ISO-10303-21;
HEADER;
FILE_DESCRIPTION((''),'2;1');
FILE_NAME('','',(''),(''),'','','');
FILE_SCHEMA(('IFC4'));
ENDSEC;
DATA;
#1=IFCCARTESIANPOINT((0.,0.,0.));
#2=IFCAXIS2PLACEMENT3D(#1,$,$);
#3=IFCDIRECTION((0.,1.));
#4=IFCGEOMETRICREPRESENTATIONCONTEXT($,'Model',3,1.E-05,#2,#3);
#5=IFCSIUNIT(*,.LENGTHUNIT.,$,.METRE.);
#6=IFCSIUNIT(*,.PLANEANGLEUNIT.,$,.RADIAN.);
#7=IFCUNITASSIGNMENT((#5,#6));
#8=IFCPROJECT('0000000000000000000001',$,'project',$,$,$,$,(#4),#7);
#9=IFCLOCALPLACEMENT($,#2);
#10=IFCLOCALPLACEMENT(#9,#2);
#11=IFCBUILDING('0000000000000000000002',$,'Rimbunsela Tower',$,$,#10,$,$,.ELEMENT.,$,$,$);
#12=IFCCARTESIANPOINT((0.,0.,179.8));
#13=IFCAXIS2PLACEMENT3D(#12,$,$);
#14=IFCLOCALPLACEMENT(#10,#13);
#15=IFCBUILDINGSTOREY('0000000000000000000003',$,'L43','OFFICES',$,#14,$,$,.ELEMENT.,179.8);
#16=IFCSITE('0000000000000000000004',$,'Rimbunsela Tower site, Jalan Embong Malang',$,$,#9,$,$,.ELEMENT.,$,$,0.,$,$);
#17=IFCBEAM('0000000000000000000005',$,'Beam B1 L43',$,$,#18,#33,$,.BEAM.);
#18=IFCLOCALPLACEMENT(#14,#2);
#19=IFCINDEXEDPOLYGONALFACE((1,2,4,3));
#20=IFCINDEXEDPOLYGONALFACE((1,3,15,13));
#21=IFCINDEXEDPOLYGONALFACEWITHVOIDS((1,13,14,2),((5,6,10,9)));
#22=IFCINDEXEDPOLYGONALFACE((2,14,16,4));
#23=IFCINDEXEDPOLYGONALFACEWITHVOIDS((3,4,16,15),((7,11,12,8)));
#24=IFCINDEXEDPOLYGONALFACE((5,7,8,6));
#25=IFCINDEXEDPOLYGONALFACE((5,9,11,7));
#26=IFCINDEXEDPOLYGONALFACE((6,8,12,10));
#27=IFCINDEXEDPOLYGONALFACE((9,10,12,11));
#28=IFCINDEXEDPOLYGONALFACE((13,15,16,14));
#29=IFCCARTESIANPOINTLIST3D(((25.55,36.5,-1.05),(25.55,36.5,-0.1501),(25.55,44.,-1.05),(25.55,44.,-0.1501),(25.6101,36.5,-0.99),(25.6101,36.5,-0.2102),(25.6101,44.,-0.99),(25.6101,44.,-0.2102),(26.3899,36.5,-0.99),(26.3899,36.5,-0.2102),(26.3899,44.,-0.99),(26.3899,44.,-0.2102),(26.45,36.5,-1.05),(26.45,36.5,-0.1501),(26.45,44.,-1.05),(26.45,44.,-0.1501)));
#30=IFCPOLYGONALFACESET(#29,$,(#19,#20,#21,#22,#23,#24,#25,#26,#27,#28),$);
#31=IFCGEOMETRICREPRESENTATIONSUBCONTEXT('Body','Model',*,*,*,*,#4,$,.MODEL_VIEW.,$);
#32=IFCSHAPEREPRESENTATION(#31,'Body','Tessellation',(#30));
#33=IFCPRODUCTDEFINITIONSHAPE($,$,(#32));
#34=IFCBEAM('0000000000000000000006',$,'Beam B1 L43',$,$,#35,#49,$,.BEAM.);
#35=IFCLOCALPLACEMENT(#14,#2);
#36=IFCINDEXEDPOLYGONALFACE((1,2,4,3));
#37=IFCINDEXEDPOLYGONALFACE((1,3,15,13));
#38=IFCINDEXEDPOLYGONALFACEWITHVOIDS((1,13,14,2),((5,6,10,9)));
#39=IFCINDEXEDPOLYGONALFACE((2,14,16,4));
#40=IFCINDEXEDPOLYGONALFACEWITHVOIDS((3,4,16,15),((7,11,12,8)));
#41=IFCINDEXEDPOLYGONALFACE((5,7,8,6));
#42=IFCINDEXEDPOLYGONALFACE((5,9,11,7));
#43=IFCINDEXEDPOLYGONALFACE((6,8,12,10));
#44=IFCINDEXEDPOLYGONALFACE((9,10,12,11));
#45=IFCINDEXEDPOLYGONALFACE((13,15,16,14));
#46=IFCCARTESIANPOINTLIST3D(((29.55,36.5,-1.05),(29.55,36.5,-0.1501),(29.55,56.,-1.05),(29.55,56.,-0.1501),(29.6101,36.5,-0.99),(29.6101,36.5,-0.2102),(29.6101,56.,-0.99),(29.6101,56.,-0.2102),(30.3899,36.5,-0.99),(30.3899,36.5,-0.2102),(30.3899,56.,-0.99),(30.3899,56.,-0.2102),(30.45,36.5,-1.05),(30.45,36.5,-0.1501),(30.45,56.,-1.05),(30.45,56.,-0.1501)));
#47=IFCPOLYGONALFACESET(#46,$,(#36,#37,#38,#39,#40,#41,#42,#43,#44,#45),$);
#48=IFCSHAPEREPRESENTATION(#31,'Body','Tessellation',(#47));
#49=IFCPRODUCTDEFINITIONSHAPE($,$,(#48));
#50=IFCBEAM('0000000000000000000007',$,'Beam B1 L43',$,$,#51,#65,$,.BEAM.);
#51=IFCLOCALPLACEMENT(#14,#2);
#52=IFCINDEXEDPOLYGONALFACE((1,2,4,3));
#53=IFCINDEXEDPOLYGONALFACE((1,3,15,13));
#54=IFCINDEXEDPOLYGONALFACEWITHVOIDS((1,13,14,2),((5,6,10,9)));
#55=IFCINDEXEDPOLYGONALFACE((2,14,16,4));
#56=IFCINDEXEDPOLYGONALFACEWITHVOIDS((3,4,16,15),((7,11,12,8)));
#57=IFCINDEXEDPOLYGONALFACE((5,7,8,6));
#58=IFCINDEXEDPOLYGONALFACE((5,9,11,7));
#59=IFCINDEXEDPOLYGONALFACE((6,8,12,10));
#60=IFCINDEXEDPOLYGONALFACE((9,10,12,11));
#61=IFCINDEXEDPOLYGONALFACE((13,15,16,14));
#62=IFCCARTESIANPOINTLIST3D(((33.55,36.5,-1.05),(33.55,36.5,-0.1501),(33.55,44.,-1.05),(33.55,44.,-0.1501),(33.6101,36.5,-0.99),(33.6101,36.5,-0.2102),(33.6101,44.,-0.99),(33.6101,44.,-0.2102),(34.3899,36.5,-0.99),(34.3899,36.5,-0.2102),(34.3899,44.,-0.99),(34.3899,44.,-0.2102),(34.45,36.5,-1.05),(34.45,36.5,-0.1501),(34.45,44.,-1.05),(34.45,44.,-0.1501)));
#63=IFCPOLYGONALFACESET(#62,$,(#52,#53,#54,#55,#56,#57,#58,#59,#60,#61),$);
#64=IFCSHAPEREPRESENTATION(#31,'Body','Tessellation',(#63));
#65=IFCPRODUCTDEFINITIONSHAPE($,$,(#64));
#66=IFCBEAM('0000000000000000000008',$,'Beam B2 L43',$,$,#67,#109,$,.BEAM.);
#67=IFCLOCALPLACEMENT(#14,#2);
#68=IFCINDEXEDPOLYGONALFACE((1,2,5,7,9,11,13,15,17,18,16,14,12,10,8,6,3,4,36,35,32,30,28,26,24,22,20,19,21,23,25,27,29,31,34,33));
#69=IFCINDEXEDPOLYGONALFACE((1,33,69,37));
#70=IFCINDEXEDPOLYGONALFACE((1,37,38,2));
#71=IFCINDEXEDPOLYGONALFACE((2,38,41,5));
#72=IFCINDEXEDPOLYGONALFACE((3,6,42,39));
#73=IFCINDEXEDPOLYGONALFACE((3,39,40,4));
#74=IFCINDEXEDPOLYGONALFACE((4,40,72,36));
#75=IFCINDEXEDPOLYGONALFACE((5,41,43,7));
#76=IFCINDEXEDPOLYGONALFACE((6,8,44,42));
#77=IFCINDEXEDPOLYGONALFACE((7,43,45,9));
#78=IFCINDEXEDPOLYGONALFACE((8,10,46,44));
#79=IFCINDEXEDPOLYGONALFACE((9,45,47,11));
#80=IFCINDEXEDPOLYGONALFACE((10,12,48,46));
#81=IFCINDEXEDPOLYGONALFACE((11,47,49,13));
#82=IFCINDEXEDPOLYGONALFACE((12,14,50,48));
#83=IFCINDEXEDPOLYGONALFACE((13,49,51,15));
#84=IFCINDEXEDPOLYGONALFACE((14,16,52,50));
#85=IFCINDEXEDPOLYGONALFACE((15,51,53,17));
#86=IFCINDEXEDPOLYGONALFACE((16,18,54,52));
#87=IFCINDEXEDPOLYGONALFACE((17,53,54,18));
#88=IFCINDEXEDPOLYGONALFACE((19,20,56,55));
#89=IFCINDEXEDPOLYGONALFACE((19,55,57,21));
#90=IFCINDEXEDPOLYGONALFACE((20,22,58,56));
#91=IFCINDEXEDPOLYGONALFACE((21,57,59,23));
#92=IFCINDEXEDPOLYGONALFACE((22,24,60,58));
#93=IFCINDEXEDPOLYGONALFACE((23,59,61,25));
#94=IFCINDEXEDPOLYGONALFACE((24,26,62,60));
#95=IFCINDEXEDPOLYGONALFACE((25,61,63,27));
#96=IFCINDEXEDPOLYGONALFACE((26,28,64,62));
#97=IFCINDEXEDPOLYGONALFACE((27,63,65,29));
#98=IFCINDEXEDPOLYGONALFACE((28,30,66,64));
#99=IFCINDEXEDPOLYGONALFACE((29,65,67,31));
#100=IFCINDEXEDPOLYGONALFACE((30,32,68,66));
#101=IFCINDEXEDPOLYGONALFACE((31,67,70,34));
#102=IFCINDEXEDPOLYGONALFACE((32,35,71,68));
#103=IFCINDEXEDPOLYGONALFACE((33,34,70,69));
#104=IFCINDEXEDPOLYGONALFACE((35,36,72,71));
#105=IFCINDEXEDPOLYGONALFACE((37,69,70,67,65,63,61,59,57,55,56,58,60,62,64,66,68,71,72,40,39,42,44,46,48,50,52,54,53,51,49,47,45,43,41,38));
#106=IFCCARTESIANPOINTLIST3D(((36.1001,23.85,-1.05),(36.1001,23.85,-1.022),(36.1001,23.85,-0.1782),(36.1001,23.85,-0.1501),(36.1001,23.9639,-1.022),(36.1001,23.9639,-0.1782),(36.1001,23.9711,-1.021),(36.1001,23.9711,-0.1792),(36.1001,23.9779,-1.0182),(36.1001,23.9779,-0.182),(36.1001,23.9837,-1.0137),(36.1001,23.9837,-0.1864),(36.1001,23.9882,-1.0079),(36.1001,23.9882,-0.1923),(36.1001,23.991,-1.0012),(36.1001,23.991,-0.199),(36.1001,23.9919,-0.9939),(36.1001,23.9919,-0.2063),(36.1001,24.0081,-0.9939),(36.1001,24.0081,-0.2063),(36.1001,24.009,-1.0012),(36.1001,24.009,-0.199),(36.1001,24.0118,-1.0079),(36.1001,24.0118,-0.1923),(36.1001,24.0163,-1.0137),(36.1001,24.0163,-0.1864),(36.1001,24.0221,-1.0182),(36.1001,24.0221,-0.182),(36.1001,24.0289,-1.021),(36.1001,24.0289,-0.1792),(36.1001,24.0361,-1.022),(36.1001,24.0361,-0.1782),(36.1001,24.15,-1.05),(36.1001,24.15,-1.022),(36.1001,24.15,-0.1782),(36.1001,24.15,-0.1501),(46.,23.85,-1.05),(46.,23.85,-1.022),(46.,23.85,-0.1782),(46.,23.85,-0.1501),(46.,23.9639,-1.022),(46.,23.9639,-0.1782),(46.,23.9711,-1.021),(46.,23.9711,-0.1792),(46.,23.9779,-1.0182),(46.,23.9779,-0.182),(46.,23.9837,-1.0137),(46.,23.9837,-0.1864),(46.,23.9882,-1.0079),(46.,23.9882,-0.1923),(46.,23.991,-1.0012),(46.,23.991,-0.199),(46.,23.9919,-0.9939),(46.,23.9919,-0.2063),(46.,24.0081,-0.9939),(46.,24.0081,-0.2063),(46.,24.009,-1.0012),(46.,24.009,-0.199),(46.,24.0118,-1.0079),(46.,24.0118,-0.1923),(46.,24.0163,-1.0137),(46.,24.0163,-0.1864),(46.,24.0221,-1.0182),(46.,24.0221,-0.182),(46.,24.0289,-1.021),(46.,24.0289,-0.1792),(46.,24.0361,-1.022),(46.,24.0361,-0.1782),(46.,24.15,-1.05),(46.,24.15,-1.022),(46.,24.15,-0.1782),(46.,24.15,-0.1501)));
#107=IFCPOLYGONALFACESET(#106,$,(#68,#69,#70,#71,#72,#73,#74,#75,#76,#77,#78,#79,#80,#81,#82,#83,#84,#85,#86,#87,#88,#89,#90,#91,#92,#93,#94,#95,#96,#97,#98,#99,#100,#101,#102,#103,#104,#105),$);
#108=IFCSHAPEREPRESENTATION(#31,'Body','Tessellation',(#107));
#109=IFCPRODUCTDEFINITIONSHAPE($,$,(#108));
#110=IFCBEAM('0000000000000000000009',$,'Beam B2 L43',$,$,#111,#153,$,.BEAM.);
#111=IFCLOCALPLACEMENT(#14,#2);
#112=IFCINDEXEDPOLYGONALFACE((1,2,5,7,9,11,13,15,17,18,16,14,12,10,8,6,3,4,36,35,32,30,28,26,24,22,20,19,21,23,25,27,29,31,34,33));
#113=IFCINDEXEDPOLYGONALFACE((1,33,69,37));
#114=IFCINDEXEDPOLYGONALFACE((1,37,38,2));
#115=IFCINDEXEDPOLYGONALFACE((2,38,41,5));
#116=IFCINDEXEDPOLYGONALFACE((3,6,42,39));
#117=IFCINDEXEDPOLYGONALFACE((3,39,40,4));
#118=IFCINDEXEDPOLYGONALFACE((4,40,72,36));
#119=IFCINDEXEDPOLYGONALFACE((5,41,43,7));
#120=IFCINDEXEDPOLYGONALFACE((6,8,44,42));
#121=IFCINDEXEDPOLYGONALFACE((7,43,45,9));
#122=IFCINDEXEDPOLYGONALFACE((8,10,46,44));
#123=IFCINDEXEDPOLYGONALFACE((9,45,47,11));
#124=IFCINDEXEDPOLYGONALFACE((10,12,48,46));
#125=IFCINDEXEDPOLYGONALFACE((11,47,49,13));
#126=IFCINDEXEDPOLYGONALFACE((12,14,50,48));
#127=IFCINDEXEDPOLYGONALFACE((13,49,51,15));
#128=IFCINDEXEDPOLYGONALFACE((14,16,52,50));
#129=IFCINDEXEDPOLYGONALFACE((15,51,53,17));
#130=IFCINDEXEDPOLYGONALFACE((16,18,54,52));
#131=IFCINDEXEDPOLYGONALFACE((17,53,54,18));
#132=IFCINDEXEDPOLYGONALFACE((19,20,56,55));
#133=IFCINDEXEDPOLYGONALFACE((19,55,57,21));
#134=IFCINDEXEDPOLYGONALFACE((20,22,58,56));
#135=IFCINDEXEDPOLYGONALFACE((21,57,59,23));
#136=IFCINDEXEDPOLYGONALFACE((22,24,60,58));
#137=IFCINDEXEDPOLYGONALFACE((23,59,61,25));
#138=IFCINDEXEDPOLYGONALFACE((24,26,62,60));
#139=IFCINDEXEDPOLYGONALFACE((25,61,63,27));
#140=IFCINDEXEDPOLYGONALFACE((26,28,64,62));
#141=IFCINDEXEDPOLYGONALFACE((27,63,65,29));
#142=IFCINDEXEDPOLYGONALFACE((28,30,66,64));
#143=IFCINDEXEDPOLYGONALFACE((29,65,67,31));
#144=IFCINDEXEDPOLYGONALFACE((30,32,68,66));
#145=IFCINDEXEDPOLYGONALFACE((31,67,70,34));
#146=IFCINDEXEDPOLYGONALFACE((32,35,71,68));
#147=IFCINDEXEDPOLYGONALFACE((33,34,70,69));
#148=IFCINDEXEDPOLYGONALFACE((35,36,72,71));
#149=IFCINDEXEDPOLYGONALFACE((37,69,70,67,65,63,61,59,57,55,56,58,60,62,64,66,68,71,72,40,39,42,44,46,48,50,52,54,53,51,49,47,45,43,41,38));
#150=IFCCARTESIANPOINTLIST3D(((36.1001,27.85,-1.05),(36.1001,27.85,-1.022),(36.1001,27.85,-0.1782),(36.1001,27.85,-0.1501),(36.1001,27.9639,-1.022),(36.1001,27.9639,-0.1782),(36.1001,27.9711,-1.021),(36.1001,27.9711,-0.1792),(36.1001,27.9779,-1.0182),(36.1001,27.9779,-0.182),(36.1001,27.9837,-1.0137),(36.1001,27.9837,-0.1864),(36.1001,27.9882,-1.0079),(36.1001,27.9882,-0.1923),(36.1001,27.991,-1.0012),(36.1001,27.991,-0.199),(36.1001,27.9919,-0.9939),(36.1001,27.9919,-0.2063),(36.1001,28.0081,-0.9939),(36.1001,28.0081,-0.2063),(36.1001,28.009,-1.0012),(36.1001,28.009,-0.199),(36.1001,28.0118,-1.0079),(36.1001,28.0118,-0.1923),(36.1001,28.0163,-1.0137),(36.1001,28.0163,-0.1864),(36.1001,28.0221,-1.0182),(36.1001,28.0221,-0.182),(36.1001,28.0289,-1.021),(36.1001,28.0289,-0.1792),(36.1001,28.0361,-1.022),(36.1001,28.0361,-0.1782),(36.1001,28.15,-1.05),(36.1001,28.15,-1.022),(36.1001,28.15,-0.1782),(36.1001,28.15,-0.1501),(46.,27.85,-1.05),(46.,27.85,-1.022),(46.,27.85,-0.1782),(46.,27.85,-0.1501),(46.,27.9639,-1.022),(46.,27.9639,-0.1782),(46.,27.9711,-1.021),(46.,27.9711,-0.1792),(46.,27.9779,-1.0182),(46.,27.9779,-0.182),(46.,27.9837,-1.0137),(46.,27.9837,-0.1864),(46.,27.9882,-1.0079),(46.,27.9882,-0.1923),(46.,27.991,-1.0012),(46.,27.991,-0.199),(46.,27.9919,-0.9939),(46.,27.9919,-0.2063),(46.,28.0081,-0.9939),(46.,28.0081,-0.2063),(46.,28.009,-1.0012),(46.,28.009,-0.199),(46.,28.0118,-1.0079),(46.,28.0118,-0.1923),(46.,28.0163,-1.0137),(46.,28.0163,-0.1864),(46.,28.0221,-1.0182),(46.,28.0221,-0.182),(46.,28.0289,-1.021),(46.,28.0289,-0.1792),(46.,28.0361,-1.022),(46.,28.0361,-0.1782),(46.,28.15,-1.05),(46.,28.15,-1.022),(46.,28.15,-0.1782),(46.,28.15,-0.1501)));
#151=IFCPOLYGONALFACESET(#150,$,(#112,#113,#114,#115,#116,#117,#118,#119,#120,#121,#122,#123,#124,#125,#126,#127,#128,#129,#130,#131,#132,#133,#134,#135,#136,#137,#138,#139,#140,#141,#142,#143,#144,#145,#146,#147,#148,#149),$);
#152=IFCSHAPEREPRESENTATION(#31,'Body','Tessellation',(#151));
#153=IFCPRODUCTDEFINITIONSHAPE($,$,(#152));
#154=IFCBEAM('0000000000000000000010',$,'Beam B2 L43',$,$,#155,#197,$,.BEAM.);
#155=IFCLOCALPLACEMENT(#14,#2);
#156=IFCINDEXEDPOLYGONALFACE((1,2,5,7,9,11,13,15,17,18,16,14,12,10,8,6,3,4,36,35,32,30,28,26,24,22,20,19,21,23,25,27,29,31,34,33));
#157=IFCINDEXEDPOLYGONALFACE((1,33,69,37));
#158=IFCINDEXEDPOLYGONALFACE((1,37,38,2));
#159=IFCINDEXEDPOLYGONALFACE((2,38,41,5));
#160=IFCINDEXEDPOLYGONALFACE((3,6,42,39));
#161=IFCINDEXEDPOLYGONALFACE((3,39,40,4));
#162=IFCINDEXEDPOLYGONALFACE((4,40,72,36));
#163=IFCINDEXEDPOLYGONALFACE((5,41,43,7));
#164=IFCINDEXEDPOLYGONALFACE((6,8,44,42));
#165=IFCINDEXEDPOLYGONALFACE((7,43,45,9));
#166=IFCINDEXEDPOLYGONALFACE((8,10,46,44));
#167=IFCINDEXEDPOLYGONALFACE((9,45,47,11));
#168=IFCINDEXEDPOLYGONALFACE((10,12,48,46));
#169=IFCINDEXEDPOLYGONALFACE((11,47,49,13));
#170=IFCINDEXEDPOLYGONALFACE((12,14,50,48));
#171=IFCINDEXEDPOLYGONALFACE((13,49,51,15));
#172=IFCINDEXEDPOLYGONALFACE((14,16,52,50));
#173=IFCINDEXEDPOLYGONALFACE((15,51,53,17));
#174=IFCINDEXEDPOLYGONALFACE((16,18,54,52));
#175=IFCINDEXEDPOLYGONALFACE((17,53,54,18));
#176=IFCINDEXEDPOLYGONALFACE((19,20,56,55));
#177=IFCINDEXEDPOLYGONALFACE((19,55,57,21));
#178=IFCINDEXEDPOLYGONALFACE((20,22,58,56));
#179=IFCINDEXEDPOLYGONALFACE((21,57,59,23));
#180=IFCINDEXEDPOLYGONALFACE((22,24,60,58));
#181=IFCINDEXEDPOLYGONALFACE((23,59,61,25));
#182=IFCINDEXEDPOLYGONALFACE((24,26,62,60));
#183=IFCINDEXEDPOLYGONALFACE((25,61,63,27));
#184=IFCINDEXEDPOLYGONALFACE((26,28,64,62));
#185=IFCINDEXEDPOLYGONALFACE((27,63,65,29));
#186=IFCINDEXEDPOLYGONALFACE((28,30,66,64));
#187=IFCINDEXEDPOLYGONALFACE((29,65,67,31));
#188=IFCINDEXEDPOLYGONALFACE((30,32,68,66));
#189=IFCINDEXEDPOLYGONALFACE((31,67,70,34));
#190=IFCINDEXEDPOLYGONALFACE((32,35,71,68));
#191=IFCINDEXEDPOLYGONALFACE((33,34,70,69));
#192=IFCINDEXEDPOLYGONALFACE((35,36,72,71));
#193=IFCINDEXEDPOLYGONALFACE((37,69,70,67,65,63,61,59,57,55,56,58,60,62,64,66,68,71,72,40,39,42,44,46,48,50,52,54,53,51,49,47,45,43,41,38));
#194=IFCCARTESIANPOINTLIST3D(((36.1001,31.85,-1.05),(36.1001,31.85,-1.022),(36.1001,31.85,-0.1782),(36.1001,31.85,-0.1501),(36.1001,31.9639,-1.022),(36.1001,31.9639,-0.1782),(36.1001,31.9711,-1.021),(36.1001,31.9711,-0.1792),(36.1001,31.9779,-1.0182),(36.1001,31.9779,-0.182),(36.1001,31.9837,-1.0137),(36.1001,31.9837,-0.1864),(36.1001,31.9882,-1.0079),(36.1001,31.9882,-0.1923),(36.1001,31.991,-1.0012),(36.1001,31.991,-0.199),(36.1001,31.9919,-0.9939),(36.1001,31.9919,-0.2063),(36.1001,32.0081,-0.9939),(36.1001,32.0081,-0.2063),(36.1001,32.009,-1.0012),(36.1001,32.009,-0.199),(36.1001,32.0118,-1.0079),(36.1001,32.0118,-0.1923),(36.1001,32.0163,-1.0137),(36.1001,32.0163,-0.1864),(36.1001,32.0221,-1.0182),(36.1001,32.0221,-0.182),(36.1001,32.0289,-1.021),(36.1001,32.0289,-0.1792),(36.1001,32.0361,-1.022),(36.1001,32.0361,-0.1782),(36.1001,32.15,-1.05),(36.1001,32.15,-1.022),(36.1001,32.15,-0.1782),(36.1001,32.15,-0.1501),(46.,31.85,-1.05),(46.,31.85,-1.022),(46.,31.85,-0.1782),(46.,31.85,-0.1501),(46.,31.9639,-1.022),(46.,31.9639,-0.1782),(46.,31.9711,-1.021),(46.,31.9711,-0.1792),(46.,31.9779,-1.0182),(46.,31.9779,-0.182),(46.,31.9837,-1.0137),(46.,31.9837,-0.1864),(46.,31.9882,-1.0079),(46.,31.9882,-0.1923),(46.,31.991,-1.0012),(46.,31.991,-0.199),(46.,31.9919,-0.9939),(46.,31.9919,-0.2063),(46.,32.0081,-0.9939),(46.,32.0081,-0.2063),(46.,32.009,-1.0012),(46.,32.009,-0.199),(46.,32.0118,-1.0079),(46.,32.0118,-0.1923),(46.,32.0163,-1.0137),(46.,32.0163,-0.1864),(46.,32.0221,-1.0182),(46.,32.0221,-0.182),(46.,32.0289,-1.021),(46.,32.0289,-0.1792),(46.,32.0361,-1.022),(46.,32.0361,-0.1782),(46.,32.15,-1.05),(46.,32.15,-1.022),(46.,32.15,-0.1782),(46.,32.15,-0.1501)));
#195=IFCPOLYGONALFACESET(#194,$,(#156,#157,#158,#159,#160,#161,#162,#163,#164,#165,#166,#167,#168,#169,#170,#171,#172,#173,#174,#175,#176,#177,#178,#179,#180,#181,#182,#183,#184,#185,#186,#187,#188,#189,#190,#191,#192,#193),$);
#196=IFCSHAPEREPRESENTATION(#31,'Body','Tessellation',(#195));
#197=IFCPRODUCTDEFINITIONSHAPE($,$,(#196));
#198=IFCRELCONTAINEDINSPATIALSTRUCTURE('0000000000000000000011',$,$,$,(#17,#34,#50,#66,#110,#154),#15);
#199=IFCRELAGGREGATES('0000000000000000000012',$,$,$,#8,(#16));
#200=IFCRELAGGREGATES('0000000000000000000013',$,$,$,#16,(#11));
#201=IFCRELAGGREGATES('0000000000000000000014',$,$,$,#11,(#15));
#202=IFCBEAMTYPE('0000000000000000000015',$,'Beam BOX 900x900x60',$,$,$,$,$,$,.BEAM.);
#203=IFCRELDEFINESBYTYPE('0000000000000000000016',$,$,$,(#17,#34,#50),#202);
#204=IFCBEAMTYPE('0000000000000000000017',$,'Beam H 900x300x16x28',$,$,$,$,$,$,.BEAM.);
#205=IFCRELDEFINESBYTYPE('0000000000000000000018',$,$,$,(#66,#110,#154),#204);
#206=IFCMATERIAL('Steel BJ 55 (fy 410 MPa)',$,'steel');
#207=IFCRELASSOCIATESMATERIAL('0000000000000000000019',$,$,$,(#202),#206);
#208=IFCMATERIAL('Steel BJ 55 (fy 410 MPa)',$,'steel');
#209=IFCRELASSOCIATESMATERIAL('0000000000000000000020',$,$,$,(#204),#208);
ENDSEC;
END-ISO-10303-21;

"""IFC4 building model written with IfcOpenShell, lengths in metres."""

from ifc_helpers import new_model, si_unit, direction, frame, origin, origin_2d, place, context, subcontext, project, spatial, hollow_rectangle, i_section, extrude, material, material_profile, profile_set, type_object, element, save


model = new_model("IFC4")

# Units and contexts
model_context = context("Model", 3, precision=1e-05, world=origin(), true_north=direction((0.0, 1.0)))
body_context = subcontext(model_context, "Body", "Model", "MODEL_VIEW")
ifc_project = project(units=[si_unit("LENGTHUNIT", "METRE"), si_unit("PLANEANGLEUNIT", "RADIAN")], contexts=[model_context])

# Site, building, storey
site_placement = place(None, origin())
site = spatial("IfcSite", under=ifc_project, at=site_placement, Name="Rimbunsela Tower site, Jalan Embong Malang", CompositionType="ELEMENT", RefElevation=0.0)
building_placement = place(site_placement, origin())
building = spatial("IfcBuilding", under=site, at=building_placement, Name="Rimbunsela Tower", CompositionType="ELEMENT")
storey_placement = place(building_placement, frame((0.0, 0.0, 179.8)))
storey = spatial("IfcBuildingStorey", under=building, at=storey_placement, Name="L43", Description="OFFICES", CompositionType="ELEMENT", Elevation=179.8)

# Beams
ifc_material_1 = material(Name="Steel BJ 55 (fy 410 MPa)", Category="steel")
ifc_material_profile_1 = material_profile(ifc_material_1, hollow_rectangle(XDim=0.8999, YDim=0.8999, WallThickness=0.0601, at=origin_2d()), Name="BOX 900x900x60")
ifc_profile_set_1 = profile_set([ifc_material_profile_1], Name="Steel BJ 55 (fy 410 MPa)")
beam_type_1 = type_object("IfcBeamType", Name="Beam BOX 900x900x60", PredefinedType="BEAM", material=ifc_profile_set_1)
beam_1_placement = place(storey_placement, frame((26.0, 36.5, -0.6001), z_axis=(0.0, 1.0, 0.0), x_axis=(-1.0, 0.0, 0.0)))
element("IfcBeam", 1, at=beam_1_placement, inside=storey, type_object=beam_type_1, Name="Beam B1 L43", PredefinedType="BEAM", context=body_context, shape_type="SweptSolid", body=[
    extrude(hollow_rectangle(XDim=0.8999, YDim=0.8999, WallThickness=0.0601, at=origin_2d()), origin(), (0.0, 0.0, 1.0), 7.5),
])
beam_2_placement = place(storey_placement, frame((30.0, 36.5, -0.6001), z_axis=(0.0, 1.0, 0.0), x_axis=(-1.0, 0.0, 0.0)))
element("IfcBeam", 2, at=beam_2_placement, inside=storey, type_object=beam_type_1, Name="Beam B1 L43", PredefinedType="BEAM", context=body_context, shape_type="SweptSolid", body=[
    extrude(hollow_rectangle(XDim=0.8999, YDim=0.8999, WallThickness=0.0601, at=origin_2d()), origin(), (0.0, 0.0, 1.0), 19.5),
])
beam_3_placement = place(storey_placement, frame((34.0, 36.5, -0.6001), z_axis=(0.0, 1.0, 0.0), x_axis=(-1.0, 0.0, 0.0)))
element("IfcBeam", 3, at=beam_3_placement, inside=storey, type_object=beam_type_1, Name="Beam B1 L43", PredefinedType="BEAM", context=body_context, shape_type="SweptSolid", body=[
    extrude(hollow_rectangle(XDim=0.8999, YDim=0.8999, WallThickness=0.0601, at=origin_2d()), origin(), (0.0, 0.0, 1.0), 7.5),
])
ifc_material_2 = material(Name="Steel BJ 55 (fy 410 MPa)", Category="steel")
ifc_material_profile_2 = material_profile(ifc_material_2, i_section(OverallWidth=0.3, OverallDepth=0.8999, WebThickness=0.0161, FlangeThickness=0.0281, FilletRadius=0.0281, at=origin_2d()), Name="H 900x300x16x28")
ifc_profile_set_2 = profile_set([ifc_material_profile_2], Name="Steel BJ 55 (fy 410 MPa)")
beam_type_2 = type_object("IfcBeamType", Name="Beam H 900x300x16x28", PredefinedType="BEAM", material=ifc_profile_set_2)
for number, where, z_axis, x_axis, name in (
    (4, (36.1001, 24.0, -0.6001), (1.0, 0.0, 0.0), (0.0, 1.0, 0.0), "Beam B2 L43"),
    (5, (36.1001, 28.0, -0.6001), (1.0, 0.0, 0.0), (0.0, 1.0, 0.0), "Beam B2 L43"),
    (6, (36.1001, 32.0, -0.6001), (1.0, 0.0, 0.0), (0.0, 1.0, 0.0), "Beam B2 L43"),
):
    element("IfcBeam", number, at=place(storey_placement, frame(where, z_axis=z_axis, x_axis=x_axis)), inside=storey, type_object=beam_type_2, Name=name, PredefinedType="BEAM", context=body_context, shape_type="SweptSolid", body=[
        extrude(i_section(OverallWidth=0.3, OverallDepth=0.8999, WebThickness=0.0161, FlangeThickness=0.0281, FilletRadius=0.0281, at=origin_2d()), origin(), (0.0, 0.0, 1.0), 9.8999),
    ])

save(model, "model.ifc")
